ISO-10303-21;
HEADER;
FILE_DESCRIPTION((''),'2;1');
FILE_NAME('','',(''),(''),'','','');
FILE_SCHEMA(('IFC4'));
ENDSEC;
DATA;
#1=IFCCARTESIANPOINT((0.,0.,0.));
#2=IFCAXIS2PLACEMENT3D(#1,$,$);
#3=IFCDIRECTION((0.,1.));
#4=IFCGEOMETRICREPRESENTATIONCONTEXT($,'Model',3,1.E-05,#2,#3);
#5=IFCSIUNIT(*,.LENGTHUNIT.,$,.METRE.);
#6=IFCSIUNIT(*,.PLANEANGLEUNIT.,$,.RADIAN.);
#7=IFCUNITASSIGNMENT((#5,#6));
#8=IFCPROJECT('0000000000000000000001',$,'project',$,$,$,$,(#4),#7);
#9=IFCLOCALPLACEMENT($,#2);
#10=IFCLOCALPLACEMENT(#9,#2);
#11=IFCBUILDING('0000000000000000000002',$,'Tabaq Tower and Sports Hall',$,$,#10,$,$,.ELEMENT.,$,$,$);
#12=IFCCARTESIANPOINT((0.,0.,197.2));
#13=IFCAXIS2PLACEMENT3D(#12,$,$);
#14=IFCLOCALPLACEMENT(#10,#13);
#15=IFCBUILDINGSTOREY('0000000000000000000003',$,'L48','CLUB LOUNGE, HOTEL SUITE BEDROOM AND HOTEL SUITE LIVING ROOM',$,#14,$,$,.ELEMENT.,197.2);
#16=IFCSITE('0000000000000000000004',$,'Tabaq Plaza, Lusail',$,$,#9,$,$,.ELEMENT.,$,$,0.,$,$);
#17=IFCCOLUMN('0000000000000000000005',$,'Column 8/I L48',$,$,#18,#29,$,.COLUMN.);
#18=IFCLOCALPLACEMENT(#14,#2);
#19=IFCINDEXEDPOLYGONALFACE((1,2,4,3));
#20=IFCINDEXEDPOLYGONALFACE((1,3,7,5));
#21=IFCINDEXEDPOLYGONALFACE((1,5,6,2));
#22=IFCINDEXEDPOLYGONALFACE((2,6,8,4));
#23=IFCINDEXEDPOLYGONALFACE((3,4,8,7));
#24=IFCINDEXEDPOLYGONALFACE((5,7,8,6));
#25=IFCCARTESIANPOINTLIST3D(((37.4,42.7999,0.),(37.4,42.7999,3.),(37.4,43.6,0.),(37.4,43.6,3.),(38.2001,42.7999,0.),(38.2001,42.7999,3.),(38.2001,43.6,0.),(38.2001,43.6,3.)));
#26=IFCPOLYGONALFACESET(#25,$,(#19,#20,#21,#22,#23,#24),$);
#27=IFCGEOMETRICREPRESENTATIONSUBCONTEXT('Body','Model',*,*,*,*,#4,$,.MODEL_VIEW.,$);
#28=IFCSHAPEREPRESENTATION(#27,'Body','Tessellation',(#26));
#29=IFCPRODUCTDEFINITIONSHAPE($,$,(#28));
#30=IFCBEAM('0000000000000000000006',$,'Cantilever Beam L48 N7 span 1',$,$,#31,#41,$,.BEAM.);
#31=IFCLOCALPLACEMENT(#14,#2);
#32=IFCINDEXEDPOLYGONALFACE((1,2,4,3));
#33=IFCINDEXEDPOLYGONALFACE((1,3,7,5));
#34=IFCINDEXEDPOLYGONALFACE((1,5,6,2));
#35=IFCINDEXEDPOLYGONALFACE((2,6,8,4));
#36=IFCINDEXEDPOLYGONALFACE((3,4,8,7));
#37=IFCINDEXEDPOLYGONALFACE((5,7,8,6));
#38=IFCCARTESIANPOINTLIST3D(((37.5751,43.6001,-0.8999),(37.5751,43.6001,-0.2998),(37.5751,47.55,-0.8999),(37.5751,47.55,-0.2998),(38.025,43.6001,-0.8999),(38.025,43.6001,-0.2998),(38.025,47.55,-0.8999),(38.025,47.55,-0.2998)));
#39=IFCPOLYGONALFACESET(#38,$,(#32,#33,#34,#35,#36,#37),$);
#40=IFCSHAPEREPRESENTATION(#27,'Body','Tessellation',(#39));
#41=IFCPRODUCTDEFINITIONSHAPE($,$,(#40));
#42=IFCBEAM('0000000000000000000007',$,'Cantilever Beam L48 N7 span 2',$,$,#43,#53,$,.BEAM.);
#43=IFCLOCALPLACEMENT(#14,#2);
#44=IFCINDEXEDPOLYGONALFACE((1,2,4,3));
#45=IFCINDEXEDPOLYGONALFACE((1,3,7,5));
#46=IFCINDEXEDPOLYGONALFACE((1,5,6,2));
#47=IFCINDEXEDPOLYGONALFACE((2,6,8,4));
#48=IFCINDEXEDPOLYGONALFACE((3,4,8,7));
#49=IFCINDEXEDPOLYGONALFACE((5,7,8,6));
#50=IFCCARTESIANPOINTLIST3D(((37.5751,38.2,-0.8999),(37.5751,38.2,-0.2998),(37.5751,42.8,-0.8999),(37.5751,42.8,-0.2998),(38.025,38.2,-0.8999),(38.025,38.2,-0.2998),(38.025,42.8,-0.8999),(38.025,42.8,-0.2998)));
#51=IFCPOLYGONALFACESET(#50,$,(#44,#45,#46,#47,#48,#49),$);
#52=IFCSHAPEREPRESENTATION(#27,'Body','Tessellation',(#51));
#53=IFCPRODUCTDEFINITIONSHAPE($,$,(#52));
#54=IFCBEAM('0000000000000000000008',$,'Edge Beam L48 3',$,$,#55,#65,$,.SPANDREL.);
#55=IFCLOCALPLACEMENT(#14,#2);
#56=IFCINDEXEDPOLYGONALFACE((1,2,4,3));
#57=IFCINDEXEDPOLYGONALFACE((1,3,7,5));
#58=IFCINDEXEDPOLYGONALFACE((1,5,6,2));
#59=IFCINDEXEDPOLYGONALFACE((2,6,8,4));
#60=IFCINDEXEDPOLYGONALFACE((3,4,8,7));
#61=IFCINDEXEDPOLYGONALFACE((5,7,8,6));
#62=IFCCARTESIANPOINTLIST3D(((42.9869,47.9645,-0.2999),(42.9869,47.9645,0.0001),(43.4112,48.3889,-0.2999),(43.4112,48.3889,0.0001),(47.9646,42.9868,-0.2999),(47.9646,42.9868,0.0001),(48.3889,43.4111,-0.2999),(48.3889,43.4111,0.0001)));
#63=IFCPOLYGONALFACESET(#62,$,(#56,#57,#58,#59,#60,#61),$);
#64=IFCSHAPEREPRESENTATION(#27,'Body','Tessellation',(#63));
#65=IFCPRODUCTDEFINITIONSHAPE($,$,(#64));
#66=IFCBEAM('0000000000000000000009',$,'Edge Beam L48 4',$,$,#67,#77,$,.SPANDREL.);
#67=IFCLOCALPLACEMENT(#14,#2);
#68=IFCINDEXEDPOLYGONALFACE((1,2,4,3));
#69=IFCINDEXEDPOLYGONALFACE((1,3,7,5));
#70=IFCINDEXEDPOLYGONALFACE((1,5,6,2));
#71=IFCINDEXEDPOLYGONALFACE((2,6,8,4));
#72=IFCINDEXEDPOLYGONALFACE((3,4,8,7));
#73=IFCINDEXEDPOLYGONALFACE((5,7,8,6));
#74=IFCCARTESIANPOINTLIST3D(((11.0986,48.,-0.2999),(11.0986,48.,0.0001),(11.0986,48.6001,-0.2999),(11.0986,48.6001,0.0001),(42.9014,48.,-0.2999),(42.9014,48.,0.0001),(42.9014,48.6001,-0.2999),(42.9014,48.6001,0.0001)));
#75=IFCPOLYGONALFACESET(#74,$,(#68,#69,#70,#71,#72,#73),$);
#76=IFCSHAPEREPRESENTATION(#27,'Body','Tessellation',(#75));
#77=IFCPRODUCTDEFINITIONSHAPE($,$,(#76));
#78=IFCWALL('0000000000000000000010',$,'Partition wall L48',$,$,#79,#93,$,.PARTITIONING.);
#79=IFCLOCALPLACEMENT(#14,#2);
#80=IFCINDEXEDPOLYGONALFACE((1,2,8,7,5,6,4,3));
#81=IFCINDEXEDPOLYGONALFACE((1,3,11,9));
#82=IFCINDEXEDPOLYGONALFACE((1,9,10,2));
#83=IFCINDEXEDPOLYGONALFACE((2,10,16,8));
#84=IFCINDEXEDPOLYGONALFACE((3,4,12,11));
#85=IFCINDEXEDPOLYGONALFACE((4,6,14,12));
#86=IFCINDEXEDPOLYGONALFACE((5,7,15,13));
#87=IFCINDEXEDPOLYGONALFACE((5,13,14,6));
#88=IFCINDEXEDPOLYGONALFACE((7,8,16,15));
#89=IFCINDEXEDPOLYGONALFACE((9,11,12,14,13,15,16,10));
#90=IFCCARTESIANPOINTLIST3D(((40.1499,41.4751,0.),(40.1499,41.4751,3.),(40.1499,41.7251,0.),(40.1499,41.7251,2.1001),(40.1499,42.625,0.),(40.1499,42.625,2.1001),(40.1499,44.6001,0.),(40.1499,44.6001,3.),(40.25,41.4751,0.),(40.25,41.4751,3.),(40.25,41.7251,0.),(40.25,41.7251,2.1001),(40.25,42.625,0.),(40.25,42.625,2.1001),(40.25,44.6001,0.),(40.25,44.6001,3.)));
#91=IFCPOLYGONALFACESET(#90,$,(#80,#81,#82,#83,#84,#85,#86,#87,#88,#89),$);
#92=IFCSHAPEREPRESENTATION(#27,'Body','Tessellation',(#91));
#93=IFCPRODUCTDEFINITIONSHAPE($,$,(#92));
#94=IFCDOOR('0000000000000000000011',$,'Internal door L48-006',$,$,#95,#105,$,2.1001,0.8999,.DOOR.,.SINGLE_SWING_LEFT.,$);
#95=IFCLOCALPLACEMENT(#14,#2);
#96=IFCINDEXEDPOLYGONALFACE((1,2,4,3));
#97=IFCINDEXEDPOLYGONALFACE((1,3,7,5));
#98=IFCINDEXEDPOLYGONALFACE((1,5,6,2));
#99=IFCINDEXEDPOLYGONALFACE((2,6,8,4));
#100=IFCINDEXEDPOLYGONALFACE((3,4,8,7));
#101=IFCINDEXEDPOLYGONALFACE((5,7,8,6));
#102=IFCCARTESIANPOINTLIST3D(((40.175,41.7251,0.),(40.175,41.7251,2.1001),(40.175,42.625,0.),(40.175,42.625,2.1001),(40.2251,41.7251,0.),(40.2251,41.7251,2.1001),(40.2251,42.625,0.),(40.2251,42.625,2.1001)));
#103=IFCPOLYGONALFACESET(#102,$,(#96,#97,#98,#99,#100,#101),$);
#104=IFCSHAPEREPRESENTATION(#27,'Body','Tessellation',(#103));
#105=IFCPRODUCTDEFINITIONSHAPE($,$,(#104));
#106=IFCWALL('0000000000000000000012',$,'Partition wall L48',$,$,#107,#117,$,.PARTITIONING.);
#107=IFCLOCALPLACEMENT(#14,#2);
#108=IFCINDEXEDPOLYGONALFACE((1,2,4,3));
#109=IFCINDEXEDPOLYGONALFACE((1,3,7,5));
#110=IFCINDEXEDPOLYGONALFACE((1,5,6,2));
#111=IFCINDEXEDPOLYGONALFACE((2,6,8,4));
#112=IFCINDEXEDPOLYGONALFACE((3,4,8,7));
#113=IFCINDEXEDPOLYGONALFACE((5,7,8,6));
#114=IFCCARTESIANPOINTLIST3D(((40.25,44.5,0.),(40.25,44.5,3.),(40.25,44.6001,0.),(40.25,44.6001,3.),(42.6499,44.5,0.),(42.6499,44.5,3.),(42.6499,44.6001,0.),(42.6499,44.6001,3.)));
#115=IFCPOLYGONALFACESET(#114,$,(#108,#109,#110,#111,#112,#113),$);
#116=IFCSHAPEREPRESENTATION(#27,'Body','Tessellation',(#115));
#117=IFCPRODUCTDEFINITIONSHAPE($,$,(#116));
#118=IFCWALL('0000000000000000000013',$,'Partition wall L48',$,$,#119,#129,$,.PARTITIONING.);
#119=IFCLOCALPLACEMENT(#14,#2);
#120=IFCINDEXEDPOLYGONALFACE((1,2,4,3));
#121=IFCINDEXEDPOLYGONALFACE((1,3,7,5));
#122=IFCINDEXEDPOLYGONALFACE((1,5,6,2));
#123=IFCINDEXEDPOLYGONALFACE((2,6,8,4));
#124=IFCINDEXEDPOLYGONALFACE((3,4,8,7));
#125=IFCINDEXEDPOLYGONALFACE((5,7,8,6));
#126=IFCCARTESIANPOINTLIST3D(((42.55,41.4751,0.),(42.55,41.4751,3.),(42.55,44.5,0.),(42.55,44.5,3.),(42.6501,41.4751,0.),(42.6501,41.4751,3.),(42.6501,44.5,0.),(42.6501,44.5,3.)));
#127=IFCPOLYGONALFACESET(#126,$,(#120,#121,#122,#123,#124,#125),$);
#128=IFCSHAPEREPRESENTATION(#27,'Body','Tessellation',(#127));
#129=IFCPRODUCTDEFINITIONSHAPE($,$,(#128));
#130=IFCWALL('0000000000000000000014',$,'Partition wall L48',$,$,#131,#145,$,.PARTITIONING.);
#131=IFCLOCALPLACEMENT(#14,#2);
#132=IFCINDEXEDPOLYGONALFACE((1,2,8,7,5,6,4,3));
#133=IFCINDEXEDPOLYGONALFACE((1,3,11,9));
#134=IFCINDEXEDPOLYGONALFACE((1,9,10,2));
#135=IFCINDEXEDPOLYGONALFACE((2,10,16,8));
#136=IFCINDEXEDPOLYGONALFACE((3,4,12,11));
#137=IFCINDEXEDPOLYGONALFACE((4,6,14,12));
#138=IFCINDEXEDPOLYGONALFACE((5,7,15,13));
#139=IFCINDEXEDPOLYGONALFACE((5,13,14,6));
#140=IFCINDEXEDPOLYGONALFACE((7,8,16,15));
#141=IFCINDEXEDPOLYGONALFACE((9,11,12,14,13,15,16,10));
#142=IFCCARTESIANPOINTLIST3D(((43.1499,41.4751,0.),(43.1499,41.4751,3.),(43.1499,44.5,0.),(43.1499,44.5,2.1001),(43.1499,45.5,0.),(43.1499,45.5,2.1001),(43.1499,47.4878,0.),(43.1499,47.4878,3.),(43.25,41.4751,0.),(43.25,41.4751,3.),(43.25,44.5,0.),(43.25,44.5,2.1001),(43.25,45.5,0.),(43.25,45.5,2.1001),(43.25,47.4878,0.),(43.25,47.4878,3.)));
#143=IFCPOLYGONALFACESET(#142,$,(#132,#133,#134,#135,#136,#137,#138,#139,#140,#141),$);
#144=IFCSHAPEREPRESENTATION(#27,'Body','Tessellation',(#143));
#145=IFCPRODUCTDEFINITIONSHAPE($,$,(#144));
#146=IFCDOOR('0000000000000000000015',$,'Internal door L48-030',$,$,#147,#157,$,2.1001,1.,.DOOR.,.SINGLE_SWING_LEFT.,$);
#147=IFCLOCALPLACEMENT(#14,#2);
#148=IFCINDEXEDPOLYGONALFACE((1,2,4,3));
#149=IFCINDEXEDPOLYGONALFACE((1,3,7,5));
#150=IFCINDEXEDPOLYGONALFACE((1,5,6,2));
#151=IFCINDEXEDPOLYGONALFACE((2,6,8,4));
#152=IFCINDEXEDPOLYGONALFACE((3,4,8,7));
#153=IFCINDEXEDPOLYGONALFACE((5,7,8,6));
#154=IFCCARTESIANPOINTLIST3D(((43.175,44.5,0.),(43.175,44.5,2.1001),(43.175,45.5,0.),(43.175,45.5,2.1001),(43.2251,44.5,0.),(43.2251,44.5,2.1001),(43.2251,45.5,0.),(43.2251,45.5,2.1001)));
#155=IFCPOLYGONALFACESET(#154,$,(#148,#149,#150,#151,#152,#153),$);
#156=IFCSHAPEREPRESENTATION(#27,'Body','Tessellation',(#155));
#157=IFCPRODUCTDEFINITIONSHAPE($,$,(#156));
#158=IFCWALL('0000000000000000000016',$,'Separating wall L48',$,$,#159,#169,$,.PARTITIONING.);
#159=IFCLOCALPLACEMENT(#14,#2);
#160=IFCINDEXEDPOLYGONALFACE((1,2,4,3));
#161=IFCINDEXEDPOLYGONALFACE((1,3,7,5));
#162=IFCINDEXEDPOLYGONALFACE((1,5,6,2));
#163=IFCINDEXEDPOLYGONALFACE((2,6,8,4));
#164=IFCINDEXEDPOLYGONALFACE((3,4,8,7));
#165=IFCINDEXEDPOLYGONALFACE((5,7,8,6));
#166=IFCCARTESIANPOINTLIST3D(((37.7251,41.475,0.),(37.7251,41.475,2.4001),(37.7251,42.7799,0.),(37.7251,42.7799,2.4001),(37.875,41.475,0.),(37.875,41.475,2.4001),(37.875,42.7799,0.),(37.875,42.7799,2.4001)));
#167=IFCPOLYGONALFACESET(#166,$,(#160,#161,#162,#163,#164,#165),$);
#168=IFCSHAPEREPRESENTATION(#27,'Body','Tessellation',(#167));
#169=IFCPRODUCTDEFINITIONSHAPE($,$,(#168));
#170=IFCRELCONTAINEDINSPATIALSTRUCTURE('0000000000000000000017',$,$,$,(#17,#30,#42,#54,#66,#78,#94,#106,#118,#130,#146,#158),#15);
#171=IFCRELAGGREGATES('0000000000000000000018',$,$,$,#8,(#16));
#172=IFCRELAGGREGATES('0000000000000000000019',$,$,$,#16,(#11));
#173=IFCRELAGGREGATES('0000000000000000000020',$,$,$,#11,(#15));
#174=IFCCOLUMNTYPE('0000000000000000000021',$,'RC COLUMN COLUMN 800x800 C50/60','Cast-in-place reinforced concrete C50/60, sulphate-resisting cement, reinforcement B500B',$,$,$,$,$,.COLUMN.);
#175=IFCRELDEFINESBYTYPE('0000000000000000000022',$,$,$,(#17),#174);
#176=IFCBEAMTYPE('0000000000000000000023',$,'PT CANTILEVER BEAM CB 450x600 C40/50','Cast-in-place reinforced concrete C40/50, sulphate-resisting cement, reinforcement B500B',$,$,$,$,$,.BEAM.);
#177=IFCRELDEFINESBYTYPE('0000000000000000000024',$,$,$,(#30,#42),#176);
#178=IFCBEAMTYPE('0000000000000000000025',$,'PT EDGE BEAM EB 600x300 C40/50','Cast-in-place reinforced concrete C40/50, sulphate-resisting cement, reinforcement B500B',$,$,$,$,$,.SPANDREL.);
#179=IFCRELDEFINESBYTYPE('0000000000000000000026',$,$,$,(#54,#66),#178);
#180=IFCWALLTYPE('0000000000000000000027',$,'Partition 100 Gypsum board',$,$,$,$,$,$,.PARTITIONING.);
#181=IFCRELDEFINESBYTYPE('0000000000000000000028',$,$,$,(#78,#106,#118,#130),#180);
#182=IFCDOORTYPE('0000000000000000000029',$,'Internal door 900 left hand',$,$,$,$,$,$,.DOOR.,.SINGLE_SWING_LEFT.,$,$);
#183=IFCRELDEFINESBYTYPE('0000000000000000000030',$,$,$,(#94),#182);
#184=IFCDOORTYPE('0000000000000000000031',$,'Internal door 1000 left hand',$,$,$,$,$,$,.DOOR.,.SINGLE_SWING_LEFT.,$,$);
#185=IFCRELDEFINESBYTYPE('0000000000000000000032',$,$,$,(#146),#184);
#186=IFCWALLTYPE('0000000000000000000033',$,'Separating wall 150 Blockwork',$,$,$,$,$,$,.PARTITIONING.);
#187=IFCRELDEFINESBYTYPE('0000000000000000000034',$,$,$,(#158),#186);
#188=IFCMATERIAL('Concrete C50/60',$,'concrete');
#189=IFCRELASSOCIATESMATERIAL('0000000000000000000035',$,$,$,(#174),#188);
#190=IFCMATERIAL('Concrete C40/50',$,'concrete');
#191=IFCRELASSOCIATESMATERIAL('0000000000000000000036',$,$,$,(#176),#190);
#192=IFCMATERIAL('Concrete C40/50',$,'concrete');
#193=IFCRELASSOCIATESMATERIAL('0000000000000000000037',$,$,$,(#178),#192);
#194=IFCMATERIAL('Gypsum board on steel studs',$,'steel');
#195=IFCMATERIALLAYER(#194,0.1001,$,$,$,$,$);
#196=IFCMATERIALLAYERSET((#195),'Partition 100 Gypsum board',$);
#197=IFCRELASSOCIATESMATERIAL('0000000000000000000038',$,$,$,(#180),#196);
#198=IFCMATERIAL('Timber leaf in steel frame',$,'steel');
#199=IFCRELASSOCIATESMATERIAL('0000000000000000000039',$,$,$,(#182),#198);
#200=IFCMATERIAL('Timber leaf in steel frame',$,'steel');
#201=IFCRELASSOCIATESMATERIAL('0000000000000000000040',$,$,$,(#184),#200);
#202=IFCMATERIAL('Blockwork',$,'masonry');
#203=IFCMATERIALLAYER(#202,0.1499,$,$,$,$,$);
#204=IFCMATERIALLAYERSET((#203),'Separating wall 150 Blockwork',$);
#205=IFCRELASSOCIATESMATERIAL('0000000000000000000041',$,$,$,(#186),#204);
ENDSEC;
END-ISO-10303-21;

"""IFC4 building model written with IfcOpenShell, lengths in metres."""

from ifc_helpers import new_model, si_unit, direction, frame, frame_2d, origin, origin_2d, place, context, subcontext, project, spatial, rectangle, extrude, material, layer, layer_set, material_profile, profile_set, type_object, element, fill, save


model = new_model("IFC4")

# Units and contexts
model_context = context("Model", 3, precision=1e-05, world=origin(), true_north=direction((0.0, 1.0)))
body_context = subcontext(model_context, "Body", "Model", "MODEL_VIEW")
ifc_project = project(units=[si_unit("LENGTHUNIT", "METRE"), si_unit("PLANEANGLEUNIT", "RADIAN")], contexts=[model_context])

# Site, building, storey
site_placement = place(None, origin())
site = spatial("IfcSite", under=ifc_project, at=site_placement, Name="Tabaq Plaza, Lusail", CompositionType="ELEMENT", RefElevation=0.0)
building_placement = place(site_placement, origin())
building = spatial("IfcBuilding", under=site, at=building_placement, Name="Tabaq Tower and Sports Hall", CompositionType="ELEMENT")
storey_placement = place(building_placement, frame((0.0, 0.0, 197.2)))
storey = spatial("IfcBuildingStorey", under=building, at=storey_placement, Name="L48", Description="CLUB LOUNGE, HOTEL SUITE BEDROOM AND HOTEL SUITE LIVING ROOM", CompositionType="ELEMENT", Elevation=197.2)

# Column
ifc_material_1 = material(Name="Concrete C50/60", Category="concrete")
ifc_material_profile_1 = material_profile(ifc_material_1, rectangle(XDim=0.8, YDim=0.8, at=origin_2d()), Name="COLUMN 800x800")
ifc_profile_set_1 = profile_set([ifc_material_profile_1], Name="Concrete C50/60")
column_type = type_object("IfcColumnType", Name="RC COLUMN COLUMN 800x800 C50/60", Description="Cast-in-place reinforced concrete C50/60, sulphate-resisting cement, reinforcement B500B", PredefinedType="COLUMN", material=ifc_profile_set_1)
column_placement = place(storey_placement, frame((37.8, 43.2, 0.0), z_axis=(0.0, 0.0, 1.0), x_axis=(1.0, 0.0, 0.0)))
element("IfcColumn", 1, at=column_placement, inside=storey, type_object=column_type, Name="Column 8/I L48", PredefinedType="COLUMN", context=body_context, shape_type="SweptSolid", body=[
    extrude(rectangle(XDim=0.8, YDim=0.8, at=origin_2d()), origin(), (0.0, 0.0, 1.0), 3.0),
])

# Beams
ifc_material_2 = material(Name="Concrete C40/50", Category="concrete")
ifc_material_profile_2 = material_profile(ifc_material_2, rectangle(XDim=0.45, YDim=0.6001, at=origin_2d()), Name="CB 450x600")
ifc_profile_set_2 = profile_set([ifc_material_profile_2], Name="Concrete C40/50")
beam_type_1 = type_object("IfcBeamType", Name="PT CANTILEVER BEAM CB 450x600 C40/50", Description="Cast-in-place reinforced concrete C40/50, sulphate-resisting cement, reinforcement B500B", PredefinedType="BEAM", material=ifc_profile_set_2)
beam_1_placement = place(storey_placement, frame((37.8, 47.55, -0.5999), z_axis=(0.0, -1.0, 0.0), x_axis=(1.0, 0.0, 0.0)))
element("IfcBeam", 2, at=beam_1_placement, inside=storey, type_object=beam_type_1, Name="Cantilever Beam L48 N7 span 1", PredefinedType="BEAM", context=body_context, shape_type="SweptSolid", body=[
    extrude(rectangle(XDim=0.45, YDim=0.6001, at=origin_2d()), origin(), (0.0, 0.0, 1.0), 3.95),
])
beam_2_placement = place(storey_placement, frame((37.8, 42.8, -0.5999), z_axis=(0.0, -1.0, 0.0), x_axis=(1.0, 0.0, 0.0)))
element("IfcBeam", 3, at=beam_2_placement, inside=storey, type_object=beam_type_1, Name="Cantilever Beam L48 N7 span 2", PredefinedType="BEAM", context=body_context, shape_type="SweptSolid", body=[
    extrude(rectangle(XDim=0.45, YDim=0.6001, at=origin_2d()), origin(), (0.0, 0.0, 1.0), 4.6001),
])
ifc_material_3 = material(Name="Concrete C40/50", Category="concrete")
ifc_material_profile_3 = material_profile(ifc_material_3, rectangle(XDim=0.6001, YDim=0.3, at=origin_2d()), Name="EB 600x300")
ifc_profile_set_3 = profile_set([ifc_material_profile_3], Name="Concrete C40/50")
beam_type_2 = type_object("IfcBeamType", Name="PT EDGE BEAM EB 600x300 C40/50", Description="Cast-in-place reinforced concrete C40/50, sulphate-resisting cement, reinforcement B500B", PredefinedType="SPANDREL", material=ifc_profile_set_3)
beam_3_placement = place(storey_placement, frame((48.1768, 43.199, -0.1499), z_axis=(-0.707107, 0.707107, 0.0), x_axis=(-0.707107, -0.707107, 0.0)))
element("IfcBeam", 4, at=beam_3_placement, inside=storey, type_object=beam_type_2, Name="Edge Beam L48 3", PredefinedType="SPANDREL", context=body_context, shape_type="SweptSolid", body=[
    extrude(rectangle(XDim=0.6001, YDim=0.3, at=origin_2d()), origin(), (0.0, 0.0, 1.0), 7.0396),
])
beam_4_placement = place(storey_placement, frame((42.9014, 48.3, -0.1499), z_axis=(-1.0, 0.0, 0.0), x_axis=(0.0, -1.0, 0.0)))
element("IfcBeam", 5, at=beam_4_placement, inside=storey, type_object=beam_type_2, Name="Edge Beam L48 4", PredefinedType="SPANDREL", context=body_context, shape_type="SweptSolid", body=[
    extrude(rectangle(XDim=0.6001, YDim=0.3, at=origin_2d()), origin(), (0.0, 0.0, 1.0), 31.8027),
])

# Wall, opening, door
ifc_material_4 = material(Name="Gypsum board on steel studs", Category="steel")
ifc_layer_1 = layer(ifc_material_4, 0.1001)
ifc_layer_set_1 = layer_set([ifc_layer_1], Name="Partition 100 Gypsum board")
wall_type_1 = type_object("IfcWallType", Name="Partition 100 Gypsum board", PredefinedType="PARTITIONING", material=ifc_layer_set_1)
wall_1_placement = place(storey_placement, frame((40.2, 41.4751, 0.0), z_axis=(0.0, 0.0, 1.0), x_axis=(0.0, 1.0, 0.0)))
wall_1 = element("IfcWall", 6, at=wall_1_placement, inside=storey, type_object=wall_type_1, Name="Partition wall L48", PredefinedType="PARTITIONING", context=body_context, shape_type="SweptSolid", body=[
    extrude(rectangle(XDim=3.125, YDim=0.1001, at=frame_2d((1.5625, 0.0))), origin(), (0.0, 0.0, 1.0), 3.0),
])
opening_1_placement = place(wall_1_placement, frame((0.25, 0.0, 0.0)))
opening_1 = element("IfcOpeningElement", 7, at=opening_1_placement, cuts=wall_1, PredefinedType="OPENING", context=body_context, shape_type="SweptSolid", body=[
    extrude(rectangle(XDim=0.8999, YDim=2.1001, at=frame_2d((0.45, 1.05))), frame((0.0, 0.05, 0.0), z_axis=(0.0, -1.0, 0.0), x_axis=(1.0, 0.0, 0.0)), (0.0, 0.0, 1.0), 0.1001),
])
ifc_material_5 = material(Name="Timber leaf in steel frame", Category="steel")
door_type_1 = type_object("IfcDoorType", Name="Internal door 900 left hand", OperationType="SINGLE_SWING_LEFT", PredefinedType="DOOR", material=ifc_material_5)
door_1_placement = place(opening_1_placement, origin())
door_1 = element("IfcDoor", 8, at=door_1_placement, inside=storey, type_object=door_type_1, Name="Internal door L48-006", OperationType="SINGLE_SWING_LEFT", OverallHeight=2.1001, OverallWidth=0.8999, PredefinedType="DOOR", context=body_context, shape_type="SweptSolid", body=[
    extrude(rectangle(XDim=0.8999, YDim=2.1001, at=frame_2d((0.45, 1.05))), frame((0.0, 0.0249, 0.0), z_axis=(0.0, -1.0, 0.0), x_axis=(1.0, 0.0, 0.0)), (0.0, 0.0, 1.0), 0.05),
])
fill(opening_1, door_1)

# Walls
wall_2_placement = place(storey_placement, frame((40.25, 44.55, 0.0), z_axis=(0.0, 0.0, 1.0), x_axis=(1.0, 0.0, 0.0)))
element("IfcWall", 9, at=wall_2_placement, inside=storey, type_object=wall_type_1, Name="Partition wall L48", PredefinedType="PARTITIONING", context=body_context, shape_type="SweptSolid", body=[
    extrude(rectangle(XDim=2.3999, YDim=0.1001, at=frame_2d((1.2, 0.0))), origin(), (0.0, 0.0, 1.0), 3.0),
])
wall_3_placement = place(storey_placement, frame((42.6001, 44.5, 0.0), z_axis=(0.0, 0.0, 1.0), x_axis=(0.0, -1.0, 0.0)))
element("IfcWall", 10, at=wall_3_placement, inside=storey, type_object=wall_type_1, Name="Partition wall L48", PredefinedType="PARTITIONING", context=body_context, shape_type="SweptSolid", body=[
    extrude(rectangle(XDim=3.0249, YDim=0.1001, at=frame_2d((1.5125, 0.0))), origin(), (0.0, 0.0, 1.0), 3.0),
])

# Wall, opening, door
wall_4_placement = place(storey_placement, frame((43.2, 41.4751, 0.0), z_axis=(0.0, 0.0, 1.0), x_axis=(0.0, 1.0, 0.0)))
wall_4 = element("IfcWall", 11, at=wall_4_placement, inside=storey, type_object=wall_type_1, Name="Partition wall L48", PredefinedType="PARTITIONING", context=body_context, shape_type="SweptSolid", body=[
    extrude(rectangle(XDim=6.0127, YDim=0.1001, at=frame_2d((3.0063, 0.0))), origin(), (0.0, 0.0, 1.0), 3.0),
])
opening_2_placement = place(wall_4_placement, frame((3.0249, 0.0, 0.0)))
opening_2 = element("IfcOpeningElement", 12, at=opening_2_placement, cuts=wall_4, PredefinedType="OPENING", context=body_context, shape_type="SweptSolid", body=[
    extrude(rectangle(XDim=1.0, YDim=2.1001, at=frame_2d((0.5, 1.05))), frame((0.0, 0.05, 0.0), z_axis=(0.0, -1.0, 0.0), x_axis=(1.0, 0.0, 0.0)), (0.0, 0.0, 1.0), 0.1001),
])
ifc_material_6 = material(Name="Timber leaf in steel frame", Category="steel")
door_type_2 = type_object("IfcDoorType", Name="Internal door 1000 left hand", OperationType="SINGLE_SWING_LEFT", PredefinedType="DOOR", material=ifc_material_6)
door_2_placement = place(opening_2_placement, origin())
door_2 = element("IfcDoor", 13, at=door_2_placement, inside=storey, type_object=door_type_2, Name="Internal door L48-030", OperationType="SINGLE_SWING_LEFT", OverallHeight=2.1001, OverallWidth=1.0, PredefinedType="DOOR", context=body_context, shape_type="SweptSolid", body=[
    extrude(rectangle(XDim=1.0, YDim=2.1001, at=frame_2d((0.5, 1.05))), frame((0.0, 0.0249, 0.0), z_axis=(0.0, -1.0, 0.0), x_axis=(1.0, 0.0, 0.0)), (0.0, 0.0, 1.0), 0.05),
])
fill(opening_2, door_2)

# Wall
ifc_material_7 = material(Name="Blockwork", Category="masonry")
ifc_layer_2 = layer(ifc_material_7, 0.1499)
ifc_layer_set_2 = layer_set([ifc_layer_2], Name="Separating wall 150 Blockwork")
wall_type_2 = type_object("IfcWallType", Name="Separating wall 150 Blockwork", PredefinedType="PARTITIONING", material=ifc_layer_set_2)
wall_5_placement = place(storey_placement, frame((37.8, 41.4751, 0.0), z_axis=(0.0, 0.0, 1.0), x_axis=(0.0, 1.0, 0.0)))
element("IfcWall", 14, at=wall_5_placement, inside=storey, type_object=wall_type_2, Name="Separating wall L48", PredefinedType="PARTITIONING", context=body_context, shape_type="SweptSolid", body=[
    extrude(rectangle(XDim=1.3049, YDim=0.1499, at=frame_2d((0.6523, 0.0))), origin(), (0.0, 0.0, 1.0), 2.4001),
])

save(model, "model.ifc")
